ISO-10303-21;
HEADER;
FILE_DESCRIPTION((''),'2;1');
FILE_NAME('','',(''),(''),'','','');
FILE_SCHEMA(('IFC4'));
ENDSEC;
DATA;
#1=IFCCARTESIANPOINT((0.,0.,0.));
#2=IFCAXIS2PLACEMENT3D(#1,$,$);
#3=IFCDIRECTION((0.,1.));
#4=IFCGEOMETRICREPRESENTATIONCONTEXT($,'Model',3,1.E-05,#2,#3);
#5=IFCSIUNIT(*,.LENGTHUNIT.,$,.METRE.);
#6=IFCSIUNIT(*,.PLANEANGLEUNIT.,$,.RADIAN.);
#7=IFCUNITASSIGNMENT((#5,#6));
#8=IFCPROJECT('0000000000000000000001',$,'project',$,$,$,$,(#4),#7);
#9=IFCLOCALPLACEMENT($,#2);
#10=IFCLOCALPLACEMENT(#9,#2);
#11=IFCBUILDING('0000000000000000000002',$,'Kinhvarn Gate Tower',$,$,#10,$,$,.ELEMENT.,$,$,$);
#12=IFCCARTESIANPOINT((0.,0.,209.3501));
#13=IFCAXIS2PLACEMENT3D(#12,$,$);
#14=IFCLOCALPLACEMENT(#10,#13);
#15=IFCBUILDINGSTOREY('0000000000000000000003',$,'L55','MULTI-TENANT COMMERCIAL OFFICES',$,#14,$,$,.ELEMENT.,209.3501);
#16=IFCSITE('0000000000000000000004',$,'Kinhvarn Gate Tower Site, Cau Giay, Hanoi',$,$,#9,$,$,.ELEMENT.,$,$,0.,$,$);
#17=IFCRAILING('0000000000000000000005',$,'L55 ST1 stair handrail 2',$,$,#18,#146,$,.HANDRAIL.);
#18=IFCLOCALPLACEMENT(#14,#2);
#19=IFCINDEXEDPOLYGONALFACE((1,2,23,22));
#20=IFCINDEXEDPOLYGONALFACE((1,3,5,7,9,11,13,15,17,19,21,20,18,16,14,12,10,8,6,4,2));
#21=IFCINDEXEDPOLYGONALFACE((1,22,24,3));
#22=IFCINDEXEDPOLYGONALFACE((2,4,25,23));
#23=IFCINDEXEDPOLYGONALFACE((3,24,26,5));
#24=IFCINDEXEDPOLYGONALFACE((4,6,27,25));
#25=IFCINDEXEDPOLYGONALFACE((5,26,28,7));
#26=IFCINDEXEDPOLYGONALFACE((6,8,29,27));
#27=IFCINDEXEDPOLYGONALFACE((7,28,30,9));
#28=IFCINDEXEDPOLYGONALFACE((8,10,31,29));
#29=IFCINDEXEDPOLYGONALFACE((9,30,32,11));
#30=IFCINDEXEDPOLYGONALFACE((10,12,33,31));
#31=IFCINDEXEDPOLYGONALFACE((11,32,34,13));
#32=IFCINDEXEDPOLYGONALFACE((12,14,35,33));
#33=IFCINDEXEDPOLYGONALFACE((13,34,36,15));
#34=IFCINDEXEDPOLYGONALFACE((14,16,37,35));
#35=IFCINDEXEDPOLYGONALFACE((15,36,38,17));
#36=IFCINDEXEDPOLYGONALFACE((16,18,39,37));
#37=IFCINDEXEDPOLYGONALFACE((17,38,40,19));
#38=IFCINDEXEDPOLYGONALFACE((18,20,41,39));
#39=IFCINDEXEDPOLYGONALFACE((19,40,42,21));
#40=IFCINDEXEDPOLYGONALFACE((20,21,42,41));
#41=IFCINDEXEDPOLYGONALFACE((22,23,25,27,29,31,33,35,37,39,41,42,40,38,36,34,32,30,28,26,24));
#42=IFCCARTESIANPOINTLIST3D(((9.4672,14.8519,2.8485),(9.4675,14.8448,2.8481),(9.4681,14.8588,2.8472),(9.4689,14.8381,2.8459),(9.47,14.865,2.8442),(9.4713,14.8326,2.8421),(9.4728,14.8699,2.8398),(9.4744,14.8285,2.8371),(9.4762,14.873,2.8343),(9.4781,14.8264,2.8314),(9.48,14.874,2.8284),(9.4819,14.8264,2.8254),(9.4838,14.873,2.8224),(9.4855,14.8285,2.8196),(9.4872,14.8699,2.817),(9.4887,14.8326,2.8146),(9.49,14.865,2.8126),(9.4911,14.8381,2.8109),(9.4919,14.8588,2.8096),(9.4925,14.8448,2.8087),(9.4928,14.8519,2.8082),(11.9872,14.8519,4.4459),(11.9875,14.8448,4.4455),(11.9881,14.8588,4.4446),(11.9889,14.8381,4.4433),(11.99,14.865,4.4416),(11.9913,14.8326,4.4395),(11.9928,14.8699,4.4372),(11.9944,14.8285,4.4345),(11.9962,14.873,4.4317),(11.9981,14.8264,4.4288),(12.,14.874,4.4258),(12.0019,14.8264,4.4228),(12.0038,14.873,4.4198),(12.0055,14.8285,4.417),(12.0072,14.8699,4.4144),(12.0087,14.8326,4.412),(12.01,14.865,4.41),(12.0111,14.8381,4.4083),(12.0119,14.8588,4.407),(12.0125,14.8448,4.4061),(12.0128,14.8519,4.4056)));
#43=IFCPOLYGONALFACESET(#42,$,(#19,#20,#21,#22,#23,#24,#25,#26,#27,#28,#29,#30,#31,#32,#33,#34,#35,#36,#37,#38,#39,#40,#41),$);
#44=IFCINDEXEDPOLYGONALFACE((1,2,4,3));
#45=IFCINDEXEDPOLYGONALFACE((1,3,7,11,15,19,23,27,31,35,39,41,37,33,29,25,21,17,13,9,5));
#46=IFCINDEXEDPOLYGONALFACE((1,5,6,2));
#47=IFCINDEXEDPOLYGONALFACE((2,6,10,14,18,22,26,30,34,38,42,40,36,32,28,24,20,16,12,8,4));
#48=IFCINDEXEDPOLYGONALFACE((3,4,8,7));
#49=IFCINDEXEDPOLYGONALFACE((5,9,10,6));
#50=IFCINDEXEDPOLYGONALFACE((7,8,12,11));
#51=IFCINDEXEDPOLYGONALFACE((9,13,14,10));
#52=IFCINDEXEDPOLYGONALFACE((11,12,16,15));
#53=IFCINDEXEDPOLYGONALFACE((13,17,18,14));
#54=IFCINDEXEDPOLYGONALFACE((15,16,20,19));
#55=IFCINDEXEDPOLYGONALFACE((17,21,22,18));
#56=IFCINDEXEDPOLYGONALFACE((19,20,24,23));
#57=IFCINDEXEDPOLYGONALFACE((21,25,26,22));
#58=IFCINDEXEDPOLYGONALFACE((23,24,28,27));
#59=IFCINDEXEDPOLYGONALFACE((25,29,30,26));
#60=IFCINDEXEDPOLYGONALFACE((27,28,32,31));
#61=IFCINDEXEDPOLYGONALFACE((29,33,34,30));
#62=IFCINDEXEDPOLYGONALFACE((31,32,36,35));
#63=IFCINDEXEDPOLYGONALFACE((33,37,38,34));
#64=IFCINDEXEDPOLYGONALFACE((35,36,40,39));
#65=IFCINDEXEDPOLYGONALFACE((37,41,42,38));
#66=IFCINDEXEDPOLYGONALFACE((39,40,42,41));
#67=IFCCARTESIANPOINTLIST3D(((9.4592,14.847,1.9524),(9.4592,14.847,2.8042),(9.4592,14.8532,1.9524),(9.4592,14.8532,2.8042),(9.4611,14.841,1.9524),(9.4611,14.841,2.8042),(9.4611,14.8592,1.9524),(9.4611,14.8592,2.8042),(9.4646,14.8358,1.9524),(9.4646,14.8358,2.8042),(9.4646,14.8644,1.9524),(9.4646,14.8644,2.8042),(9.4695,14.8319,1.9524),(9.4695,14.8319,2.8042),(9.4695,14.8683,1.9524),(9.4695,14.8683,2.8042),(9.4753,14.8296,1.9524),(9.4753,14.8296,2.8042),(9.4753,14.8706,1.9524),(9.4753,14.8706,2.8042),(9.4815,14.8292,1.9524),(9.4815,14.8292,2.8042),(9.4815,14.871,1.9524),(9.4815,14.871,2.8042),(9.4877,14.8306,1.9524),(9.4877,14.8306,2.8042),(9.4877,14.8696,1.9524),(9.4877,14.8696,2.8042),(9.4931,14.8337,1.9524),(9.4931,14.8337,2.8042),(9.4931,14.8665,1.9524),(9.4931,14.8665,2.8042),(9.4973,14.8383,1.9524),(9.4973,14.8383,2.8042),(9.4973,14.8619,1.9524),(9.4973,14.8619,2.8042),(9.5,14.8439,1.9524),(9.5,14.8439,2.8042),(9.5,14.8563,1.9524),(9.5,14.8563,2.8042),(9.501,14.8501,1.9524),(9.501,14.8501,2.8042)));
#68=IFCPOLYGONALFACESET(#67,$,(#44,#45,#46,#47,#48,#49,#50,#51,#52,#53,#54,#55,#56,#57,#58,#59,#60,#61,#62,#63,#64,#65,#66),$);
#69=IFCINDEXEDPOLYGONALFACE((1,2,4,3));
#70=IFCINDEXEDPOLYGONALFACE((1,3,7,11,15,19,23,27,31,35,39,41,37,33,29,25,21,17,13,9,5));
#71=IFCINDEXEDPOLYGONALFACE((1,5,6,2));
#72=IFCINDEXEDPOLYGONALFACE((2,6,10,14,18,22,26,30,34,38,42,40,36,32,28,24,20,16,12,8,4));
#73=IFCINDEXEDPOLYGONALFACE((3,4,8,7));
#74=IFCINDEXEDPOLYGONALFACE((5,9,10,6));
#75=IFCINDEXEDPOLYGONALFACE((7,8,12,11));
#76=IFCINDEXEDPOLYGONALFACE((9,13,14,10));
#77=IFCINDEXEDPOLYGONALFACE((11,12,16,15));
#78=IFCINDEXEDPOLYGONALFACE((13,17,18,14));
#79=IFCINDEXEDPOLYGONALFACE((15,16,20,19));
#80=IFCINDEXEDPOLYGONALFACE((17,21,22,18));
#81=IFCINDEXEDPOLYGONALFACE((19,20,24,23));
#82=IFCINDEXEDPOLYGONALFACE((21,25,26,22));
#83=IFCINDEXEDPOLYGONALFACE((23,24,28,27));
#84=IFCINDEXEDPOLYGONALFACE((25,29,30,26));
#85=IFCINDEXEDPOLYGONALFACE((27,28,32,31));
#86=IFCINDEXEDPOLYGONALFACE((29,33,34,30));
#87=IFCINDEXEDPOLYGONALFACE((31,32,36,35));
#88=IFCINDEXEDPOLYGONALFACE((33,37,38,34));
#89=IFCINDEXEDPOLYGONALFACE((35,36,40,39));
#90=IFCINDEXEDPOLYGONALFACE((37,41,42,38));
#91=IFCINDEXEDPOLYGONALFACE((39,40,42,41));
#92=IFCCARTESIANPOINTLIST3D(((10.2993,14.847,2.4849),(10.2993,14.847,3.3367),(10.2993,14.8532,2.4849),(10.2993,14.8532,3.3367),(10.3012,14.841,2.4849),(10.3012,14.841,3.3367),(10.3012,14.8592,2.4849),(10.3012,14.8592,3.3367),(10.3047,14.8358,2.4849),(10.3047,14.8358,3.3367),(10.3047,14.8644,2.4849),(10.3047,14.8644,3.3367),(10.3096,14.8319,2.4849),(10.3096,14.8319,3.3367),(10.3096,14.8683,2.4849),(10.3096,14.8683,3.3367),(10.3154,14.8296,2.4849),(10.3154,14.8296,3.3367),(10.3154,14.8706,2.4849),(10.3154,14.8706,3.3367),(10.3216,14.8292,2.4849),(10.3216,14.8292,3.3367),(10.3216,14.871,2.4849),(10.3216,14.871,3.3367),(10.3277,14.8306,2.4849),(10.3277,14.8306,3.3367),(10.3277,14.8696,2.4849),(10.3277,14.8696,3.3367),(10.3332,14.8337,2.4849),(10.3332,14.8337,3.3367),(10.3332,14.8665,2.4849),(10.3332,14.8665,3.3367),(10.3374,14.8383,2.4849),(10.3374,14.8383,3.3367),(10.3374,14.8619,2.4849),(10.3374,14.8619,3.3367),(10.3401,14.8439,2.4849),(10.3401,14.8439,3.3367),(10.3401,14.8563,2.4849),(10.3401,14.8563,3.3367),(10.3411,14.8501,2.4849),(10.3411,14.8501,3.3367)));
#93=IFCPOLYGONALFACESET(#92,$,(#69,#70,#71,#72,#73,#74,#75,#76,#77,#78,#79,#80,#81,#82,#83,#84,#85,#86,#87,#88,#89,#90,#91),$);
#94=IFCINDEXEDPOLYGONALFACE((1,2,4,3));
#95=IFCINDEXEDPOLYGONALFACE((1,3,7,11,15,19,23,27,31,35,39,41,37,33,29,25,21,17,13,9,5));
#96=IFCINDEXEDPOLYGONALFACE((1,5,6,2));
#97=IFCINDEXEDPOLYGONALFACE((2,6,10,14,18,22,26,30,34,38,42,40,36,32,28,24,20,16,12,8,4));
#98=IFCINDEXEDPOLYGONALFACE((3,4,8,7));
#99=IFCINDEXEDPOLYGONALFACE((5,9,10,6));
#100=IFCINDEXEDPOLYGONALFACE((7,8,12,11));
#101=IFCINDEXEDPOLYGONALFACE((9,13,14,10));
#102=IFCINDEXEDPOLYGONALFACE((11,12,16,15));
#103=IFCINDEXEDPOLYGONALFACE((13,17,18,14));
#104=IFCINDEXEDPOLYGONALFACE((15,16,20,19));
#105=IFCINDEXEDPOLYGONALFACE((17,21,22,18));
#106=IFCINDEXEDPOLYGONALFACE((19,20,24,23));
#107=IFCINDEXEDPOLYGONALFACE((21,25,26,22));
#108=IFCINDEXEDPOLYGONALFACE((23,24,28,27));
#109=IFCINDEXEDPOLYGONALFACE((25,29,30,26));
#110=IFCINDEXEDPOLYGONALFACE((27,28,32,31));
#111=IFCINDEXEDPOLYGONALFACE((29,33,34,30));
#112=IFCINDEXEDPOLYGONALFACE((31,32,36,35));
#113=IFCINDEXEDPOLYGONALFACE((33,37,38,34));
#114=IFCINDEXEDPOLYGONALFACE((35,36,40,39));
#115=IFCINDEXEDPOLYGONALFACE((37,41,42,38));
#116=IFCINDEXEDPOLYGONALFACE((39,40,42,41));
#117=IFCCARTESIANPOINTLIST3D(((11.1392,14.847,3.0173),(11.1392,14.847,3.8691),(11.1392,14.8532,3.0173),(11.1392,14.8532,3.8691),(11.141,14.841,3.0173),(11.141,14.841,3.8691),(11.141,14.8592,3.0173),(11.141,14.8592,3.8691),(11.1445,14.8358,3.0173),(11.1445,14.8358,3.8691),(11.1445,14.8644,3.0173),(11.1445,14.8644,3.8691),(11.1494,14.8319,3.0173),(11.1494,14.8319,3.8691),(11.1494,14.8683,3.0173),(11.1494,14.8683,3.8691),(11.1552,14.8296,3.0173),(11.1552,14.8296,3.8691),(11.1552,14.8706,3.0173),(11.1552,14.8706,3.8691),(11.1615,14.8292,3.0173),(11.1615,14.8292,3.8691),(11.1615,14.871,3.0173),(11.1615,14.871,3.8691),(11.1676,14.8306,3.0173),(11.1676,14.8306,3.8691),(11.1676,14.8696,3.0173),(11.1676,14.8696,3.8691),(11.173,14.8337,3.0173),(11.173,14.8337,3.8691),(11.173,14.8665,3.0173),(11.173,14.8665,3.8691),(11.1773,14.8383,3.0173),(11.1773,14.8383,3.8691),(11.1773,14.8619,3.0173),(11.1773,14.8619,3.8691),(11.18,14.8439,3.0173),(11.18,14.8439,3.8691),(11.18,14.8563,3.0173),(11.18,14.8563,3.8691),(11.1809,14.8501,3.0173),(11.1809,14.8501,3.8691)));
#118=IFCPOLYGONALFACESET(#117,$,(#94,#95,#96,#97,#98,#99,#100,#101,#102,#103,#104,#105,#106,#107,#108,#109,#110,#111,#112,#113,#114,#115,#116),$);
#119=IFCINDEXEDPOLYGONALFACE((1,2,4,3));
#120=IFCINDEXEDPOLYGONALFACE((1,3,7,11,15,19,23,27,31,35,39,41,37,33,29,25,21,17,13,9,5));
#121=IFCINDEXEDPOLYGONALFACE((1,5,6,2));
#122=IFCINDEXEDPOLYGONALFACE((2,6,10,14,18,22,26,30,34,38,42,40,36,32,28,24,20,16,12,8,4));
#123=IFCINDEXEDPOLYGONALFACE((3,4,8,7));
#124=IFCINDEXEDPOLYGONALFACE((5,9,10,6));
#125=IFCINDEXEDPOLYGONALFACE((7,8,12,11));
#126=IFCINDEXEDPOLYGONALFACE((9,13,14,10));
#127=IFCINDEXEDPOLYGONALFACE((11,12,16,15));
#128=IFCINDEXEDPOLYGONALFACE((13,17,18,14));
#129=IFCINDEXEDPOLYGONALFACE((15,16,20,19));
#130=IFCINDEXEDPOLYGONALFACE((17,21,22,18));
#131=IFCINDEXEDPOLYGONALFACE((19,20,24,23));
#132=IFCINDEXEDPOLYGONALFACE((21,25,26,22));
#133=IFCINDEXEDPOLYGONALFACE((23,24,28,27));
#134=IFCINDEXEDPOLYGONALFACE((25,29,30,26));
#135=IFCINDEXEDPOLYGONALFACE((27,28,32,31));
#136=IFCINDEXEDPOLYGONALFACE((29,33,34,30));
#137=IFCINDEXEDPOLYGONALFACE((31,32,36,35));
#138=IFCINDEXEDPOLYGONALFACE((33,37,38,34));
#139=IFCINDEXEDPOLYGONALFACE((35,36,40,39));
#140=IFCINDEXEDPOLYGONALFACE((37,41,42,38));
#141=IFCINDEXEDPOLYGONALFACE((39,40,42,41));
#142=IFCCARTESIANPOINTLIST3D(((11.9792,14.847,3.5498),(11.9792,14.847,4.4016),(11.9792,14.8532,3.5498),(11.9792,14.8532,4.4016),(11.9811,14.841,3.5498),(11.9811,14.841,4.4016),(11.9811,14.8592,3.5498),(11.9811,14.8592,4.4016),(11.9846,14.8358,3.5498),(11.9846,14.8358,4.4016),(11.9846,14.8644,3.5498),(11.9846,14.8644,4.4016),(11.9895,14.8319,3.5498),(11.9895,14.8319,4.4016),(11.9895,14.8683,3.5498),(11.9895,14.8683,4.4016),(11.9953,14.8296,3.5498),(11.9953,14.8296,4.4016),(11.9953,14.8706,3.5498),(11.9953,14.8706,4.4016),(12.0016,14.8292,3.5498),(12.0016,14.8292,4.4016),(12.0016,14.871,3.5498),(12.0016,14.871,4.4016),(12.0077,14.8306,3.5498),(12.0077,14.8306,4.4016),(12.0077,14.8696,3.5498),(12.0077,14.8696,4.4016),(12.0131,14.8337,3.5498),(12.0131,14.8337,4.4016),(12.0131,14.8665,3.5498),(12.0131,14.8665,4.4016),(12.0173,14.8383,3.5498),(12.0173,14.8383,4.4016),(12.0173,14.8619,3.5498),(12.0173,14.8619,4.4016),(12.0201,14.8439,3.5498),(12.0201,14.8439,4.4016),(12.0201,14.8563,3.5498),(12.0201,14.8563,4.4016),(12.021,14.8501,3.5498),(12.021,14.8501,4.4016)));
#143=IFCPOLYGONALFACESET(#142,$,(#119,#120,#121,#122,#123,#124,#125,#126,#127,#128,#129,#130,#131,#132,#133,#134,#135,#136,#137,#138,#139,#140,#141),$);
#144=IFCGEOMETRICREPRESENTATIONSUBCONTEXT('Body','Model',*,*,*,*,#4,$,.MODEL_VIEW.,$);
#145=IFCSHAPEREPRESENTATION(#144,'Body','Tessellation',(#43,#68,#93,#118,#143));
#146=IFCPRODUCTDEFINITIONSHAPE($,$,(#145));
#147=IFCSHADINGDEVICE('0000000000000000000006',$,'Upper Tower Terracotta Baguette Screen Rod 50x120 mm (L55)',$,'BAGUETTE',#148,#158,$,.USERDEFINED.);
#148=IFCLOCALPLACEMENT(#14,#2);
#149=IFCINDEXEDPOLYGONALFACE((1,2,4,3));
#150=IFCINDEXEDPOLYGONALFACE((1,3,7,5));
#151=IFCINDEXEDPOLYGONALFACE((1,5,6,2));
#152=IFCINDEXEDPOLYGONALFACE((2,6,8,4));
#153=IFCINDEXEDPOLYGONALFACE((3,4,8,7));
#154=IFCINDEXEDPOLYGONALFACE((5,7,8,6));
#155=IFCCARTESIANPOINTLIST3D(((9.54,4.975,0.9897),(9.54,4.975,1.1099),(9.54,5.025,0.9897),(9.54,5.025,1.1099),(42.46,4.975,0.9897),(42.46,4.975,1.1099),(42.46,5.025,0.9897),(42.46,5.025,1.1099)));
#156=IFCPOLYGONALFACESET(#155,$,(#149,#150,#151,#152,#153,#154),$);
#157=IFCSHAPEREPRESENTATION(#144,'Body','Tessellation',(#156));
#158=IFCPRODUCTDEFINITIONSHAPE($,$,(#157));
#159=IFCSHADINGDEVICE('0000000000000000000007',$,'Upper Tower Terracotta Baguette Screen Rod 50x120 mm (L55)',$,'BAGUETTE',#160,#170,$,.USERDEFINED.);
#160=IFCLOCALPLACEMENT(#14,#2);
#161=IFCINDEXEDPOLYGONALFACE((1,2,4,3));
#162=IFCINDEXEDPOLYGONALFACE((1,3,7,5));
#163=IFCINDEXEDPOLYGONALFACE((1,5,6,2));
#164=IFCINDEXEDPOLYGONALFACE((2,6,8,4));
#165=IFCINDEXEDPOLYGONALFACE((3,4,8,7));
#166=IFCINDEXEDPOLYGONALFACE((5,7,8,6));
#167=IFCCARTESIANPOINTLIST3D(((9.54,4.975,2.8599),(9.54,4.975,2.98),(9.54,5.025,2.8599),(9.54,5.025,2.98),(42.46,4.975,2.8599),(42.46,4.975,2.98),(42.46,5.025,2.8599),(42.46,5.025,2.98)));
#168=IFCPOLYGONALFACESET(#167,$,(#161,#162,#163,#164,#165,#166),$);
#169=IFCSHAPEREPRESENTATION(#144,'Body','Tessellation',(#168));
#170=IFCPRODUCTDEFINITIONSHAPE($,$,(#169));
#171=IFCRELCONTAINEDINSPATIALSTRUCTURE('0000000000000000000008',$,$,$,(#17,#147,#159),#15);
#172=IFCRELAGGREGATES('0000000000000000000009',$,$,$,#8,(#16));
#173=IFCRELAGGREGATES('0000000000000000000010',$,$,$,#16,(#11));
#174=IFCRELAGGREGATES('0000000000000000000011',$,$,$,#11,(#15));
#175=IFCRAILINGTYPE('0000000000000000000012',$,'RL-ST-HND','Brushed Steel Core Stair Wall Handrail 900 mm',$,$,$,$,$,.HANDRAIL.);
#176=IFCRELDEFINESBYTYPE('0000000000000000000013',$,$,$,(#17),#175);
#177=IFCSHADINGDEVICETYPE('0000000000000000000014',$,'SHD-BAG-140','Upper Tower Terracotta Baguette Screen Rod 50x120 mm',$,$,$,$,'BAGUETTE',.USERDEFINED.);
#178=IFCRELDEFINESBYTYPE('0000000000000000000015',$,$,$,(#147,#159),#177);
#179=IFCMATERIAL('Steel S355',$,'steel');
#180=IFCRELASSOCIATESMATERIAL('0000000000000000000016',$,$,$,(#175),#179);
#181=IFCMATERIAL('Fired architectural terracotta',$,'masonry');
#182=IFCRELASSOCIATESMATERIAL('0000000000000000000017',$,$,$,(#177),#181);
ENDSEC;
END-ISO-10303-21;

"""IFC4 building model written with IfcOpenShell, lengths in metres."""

from ifc_helpers import new_model, si_unit, direction, frame, origin, origin_2d, place, context, subcontext, project, spatial, rectangle, circle, extrude, material, material_profile, profile_set, type_object, element, save


model = new_model("IFC4")

# Units and contexts
model_context = context("Model", 3, precision=1e-05, world=origin(), true_north=direction((0.0, 1.0)))
body_context = subcontext(model_context, "Body", "Model", "MODEL_VIEW")
ifc_project = project(units=[si_unit("LENGTHUNIT", "METRE"), si_unit("PLANEANGLEUNIT", "RADIAN")], contexts=[model_context])

# Site, building, storey
site_placement = place(None, origin())
site = spatial("IfcSite", under=ifc_project, at=site_placement, Name="Kinhvarn Gate Tower Site, Cau Giay, Hanoi", CompositionType="ELEMENT", RefElevation=0.0)
building_placement = place(site_placement, origin())
building = spatial("IfcBuilding", under=site, at=building_placement, Name="Kinhvarn Gate Tower", CompositionType="ELEMENT")
storey_placement = place(building_placement, frame((0.0, 0.0, 209.3501)))
storey = spatial("IfcBuildingStorey", under=building, at=storey_placement, Name="L55", Description="MULTI-TENANT COMMERCIAL OFFICES", CompositionType="ELEMENT", Elevation=209.3501)

# Shared definitions
ifc_material_1 = material(Name="Steel S355", Category="steel")

# Shared definitions
ifc_material_2 = material(Name="Fired architectural terracotta", Category="masonry")

# Railing
railing_type_1 = type_object("IfcRailingType", Name="RL-ST-HND", Description="Brushed Steel Core Stair Wall Handrail 900 mm", PredefinedType="HANDRAIL", material=ifc_material_1)
railing_1_placement = place(storey_placement, frame((9.48, 14.8501, 1.9524)))
element("IfcRailing", 1, at=railing_1_placement, inside=storey, type_object=railing_type_1, Name="L55 ST1 stair handrail 2", PredefinedType="HANDRAIL", context=body_context, shape_type="SweptSolid", body=[
    extrude(circle(Radius=0.0239, at=origin_2d()), frame((0.0, 0.0, 0.876), z_axis=(0.844607, 0.0, 0.535387), x_axis=(0.0, 1.0, 0.0)), (0.0, 0.0, 1.0), 2.9836),
    extrude(circle(Radius=0.021, at=origin_2d()), origin(), (0.0, 0.0, 1.0), 0.8518),
    extrude(circle(Radius=0.021, at=origin_2d()), frame((0.8401, 0.0, 0.5325)), (0.0, 0.0, 1.0), 0.8518),
    extrude(circle(Radius=0.021, at=origin_2d()), frame((1.6799, 0.0, 1.0649)), (0.0, 0.0, 1.0), 0.8518),
    extrude(circle(Radius=0.021, at=origin_2d()), frame((2.52, 0.0, 1.5974)), (0.0, 0.0, 1.0), 0.8518),
])

# Shading devices
ifc_material_profile_1 = material_profile(ifc_material_2, rectangle(XDim=0.05, YDim=0.1201, at=origin_2d()), Name="TC 50x120")
ifc_profile_set_1 = profile_set([ifc_material_profile_1], Name="Fired architectural terracotta")
shading_device_type = type_object("IfcShadingDeviceType", Name="SHD-BAG-140", Description="Upper Tower Terracotta Baguette Screen Rod 50x120 mm", ElementType="BAGUETTE", PredefinedType="USERDEFINED", material=ifc_profile_set_1)
for number, where, z_axis, x_axis, name in (
    (2, (9.54, 5.0, 1.0498), (1.0, 0.0, 0.0), (0.0, 1.0, 0.0), "Upper Tower Terracotta Baguette Screen Rod 50x120 mm (L55)"),
    (3, (9.54, 5.0, 2.9199), (1.0, 0.0, 0.0), (0.0, 1.0, 0.0), "Upper Tower Terracotta Baguette Screen Rod 50x120 mm (L55)"),
):
    element("IfcShadingDevice", number, at=place(storey_placement, frame(where, z_axis=z_axis, x_axis=x_axis)), inside=storey, type_object=shading_device_type, Name=name, ObjectType="BAGUETTE", PredefinedType="USERDEFINED", context=body_context, shape_type="SweptSolid", body=[
        extrude(rectangle(XDim=0.05, YDim=0.1201, at=origin_2d()), origin(), (0.0, 0.0, 1.0), 32.9199),
    ])

save(model, "model.ifc")
